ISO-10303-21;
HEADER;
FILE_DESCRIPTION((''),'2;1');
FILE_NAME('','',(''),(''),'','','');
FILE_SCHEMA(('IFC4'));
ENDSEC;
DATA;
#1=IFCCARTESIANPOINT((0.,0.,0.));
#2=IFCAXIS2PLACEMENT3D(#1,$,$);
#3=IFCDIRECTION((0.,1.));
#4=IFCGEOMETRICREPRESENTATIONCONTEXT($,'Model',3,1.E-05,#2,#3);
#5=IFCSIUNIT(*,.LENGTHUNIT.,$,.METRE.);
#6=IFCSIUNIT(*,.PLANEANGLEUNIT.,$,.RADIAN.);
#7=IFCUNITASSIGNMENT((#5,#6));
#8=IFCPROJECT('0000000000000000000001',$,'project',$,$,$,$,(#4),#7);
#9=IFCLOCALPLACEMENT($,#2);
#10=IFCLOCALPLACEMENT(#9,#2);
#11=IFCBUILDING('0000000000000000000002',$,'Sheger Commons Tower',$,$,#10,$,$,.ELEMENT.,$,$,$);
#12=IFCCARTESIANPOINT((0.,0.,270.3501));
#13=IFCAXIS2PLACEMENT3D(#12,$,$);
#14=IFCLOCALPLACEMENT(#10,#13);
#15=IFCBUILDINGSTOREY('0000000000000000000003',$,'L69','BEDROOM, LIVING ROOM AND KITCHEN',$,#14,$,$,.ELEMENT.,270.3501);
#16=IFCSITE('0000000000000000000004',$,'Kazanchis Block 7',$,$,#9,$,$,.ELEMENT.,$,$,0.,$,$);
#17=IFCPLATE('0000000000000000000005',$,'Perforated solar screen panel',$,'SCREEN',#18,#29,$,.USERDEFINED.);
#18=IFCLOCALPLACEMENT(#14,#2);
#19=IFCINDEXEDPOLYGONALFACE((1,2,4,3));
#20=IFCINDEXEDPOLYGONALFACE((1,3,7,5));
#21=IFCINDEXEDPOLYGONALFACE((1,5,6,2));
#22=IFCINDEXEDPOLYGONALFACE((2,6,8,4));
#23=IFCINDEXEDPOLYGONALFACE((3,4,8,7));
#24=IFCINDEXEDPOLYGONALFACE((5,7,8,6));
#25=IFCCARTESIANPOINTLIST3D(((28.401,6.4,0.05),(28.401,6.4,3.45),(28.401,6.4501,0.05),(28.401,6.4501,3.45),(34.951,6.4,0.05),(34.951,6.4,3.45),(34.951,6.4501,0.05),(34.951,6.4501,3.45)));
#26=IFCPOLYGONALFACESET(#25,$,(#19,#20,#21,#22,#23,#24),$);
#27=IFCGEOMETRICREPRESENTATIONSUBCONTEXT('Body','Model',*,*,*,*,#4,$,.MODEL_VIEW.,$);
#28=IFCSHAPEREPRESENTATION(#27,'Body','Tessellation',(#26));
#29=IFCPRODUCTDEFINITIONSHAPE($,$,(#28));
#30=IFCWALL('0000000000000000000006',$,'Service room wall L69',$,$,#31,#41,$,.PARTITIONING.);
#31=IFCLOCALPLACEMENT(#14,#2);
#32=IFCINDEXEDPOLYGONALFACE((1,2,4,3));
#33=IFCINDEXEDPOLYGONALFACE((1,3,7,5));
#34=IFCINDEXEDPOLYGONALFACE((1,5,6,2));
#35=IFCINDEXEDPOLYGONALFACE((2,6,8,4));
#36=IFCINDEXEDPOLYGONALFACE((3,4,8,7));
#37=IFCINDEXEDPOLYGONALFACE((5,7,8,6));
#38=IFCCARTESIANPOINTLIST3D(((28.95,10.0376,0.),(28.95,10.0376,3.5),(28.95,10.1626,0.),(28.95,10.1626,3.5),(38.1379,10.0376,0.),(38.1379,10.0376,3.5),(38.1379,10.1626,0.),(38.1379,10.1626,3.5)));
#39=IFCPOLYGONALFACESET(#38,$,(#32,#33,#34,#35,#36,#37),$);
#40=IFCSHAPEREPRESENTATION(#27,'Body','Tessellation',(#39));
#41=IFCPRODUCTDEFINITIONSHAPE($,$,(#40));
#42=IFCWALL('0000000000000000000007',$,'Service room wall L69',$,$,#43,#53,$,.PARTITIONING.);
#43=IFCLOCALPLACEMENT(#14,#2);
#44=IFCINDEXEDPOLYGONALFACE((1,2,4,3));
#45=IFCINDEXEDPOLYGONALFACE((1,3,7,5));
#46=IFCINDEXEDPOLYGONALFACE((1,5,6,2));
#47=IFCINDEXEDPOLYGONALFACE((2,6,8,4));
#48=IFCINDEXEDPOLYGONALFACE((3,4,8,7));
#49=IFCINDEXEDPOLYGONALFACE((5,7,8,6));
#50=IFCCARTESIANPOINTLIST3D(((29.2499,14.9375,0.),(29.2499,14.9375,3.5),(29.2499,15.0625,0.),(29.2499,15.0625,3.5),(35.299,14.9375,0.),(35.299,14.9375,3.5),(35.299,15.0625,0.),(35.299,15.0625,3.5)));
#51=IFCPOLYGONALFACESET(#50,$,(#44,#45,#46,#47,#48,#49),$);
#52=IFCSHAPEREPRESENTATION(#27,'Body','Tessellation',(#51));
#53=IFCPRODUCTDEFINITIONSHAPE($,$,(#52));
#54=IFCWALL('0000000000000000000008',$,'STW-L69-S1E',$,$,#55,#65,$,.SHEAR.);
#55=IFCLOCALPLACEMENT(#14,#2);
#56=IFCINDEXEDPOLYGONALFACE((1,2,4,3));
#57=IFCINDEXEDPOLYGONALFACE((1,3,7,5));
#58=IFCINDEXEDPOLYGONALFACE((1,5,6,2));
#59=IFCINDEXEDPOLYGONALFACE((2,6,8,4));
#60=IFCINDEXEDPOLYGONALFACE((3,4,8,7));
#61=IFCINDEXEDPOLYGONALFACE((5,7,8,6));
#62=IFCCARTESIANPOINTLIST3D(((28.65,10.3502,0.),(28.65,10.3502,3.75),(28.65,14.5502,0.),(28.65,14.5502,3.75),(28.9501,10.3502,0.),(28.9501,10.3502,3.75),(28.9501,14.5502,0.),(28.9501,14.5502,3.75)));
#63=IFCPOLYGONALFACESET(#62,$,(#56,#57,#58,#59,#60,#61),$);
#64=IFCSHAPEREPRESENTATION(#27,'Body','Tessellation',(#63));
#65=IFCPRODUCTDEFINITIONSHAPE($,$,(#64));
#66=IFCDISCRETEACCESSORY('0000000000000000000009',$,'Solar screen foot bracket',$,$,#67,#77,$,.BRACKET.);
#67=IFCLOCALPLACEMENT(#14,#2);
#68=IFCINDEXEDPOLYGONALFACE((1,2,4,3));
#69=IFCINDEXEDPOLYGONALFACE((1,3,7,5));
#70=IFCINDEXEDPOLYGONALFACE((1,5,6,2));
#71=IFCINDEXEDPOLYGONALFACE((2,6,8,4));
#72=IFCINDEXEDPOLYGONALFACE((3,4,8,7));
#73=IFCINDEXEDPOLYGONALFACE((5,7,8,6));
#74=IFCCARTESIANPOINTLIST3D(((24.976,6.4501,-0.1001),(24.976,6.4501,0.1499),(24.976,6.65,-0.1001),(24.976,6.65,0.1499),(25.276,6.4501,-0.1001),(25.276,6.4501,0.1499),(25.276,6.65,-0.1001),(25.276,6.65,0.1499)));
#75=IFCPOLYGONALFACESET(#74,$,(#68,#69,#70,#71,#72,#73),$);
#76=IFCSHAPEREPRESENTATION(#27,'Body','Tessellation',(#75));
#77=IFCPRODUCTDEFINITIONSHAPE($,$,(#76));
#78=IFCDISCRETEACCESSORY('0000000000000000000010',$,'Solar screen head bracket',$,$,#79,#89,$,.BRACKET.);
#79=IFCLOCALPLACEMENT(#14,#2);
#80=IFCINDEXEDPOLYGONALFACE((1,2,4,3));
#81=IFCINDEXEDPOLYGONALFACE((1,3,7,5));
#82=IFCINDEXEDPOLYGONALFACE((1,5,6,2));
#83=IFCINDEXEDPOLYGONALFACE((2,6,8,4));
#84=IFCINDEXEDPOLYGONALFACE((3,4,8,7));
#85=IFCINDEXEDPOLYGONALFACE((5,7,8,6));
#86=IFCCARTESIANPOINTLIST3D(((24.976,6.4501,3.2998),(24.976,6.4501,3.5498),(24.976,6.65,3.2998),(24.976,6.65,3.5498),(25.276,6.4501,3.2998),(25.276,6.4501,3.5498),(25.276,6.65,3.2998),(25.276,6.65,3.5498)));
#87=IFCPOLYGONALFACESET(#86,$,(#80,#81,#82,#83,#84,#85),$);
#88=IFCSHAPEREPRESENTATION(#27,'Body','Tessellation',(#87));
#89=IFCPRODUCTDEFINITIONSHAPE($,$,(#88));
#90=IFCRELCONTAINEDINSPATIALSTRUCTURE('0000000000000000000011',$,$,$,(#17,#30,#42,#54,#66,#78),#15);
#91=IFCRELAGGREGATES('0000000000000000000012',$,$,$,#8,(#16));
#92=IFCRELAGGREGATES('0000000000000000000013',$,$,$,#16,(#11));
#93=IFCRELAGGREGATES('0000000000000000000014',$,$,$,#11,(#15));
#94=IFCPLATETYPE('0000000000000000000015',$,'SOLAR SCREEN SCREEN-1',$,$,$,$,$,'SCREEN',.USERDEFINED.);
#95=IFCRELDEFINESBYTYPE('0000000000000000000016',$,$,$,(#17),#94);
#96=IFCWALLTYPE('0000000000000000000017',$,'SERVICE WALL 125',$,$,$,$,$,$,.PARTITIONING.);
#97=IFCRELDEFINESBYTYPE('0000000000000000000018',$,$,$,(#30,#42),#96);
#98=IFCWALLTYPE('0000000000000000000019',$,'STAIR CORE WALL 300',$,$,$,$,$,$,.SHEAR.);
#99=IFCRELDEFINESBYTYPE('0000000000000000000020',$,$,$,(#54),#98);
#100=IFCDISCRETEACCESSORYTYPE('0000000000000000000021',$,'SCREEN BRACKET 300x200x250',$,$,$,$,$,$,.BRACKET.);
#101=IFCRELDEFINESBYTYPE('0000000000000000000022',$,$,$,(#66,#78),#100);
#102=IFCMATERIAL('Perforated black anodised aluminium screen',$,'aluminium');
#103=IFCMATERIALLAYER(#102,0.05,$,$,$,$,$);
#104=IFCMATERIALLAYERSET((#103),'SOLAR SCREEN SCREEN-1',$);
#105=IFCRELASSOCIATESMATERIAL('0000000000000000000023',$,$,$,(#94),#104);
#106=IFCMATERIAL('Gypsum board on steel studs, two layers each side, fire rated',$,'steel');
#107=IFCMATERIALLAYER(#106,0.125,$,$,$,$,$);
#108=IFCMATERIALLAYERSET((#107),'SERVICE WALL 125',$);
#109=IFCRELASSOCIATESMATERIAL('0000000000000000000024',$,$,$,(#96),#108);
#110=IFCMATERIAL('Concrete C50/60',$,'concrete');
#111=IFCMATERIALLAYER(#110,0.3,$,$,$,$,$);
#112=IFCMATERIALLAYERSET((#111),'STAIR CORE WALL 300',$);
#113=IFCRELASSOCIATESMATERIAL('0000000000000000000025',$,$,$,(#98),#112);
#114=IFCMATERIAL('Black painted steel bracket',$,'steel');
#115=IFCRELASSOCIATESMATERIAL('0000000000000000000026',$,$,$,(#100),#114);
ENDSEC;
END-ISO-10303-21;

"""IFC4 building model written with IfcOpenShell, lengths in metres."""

from ifc_helpers import new_model, si_unit, direction, frame, frame_2d, origin, origin_2d, place, context, subcontext, project, spatial, rectangle, extrude, material, layer, layer_set, type_object, element, save


model = new_model("IFC4")

# Units and contexts
model_context = context("Model", 3, precision=1e-05, world=origin(), true_north=direction((0.0, 1.0)))
body_context = subcontext(model_context, "Body", "Model", "MODEL_VIEW")
ifc_project = project(units=[si_unit("LENGTHUNIT", "METRE"), si_unit("PLANEANGLEUNIT", "RADIAN")], contexts=[model_context])

# Site, building, storey
site_placement = place(None, origin())
site = spatial("IfcSite", under=ifc_project, at=site_placement, Name="Kazanchis Block 7", CompositionType="ELEMENT", RefElevation=0.0)
building_placement = place(site_placement, origin())
building = spatial("IfcBuilding", under=site, at=building_placement, Name="Sheger Commons Tower", CompositionType="ELEMENT")
storey_placement = place(building_placement, frame((0.0, 0.0, 270.3501)))
storey = spatial("IfcBuildingStorey", under=building, at=storey_placement, Name="L69", Description="BEDROOM, LIVING ROOM AND KITCHEN", CompositionType="ELEMENT", Elevation=270.3501)

# Plate
ifc_material_1 = material(Name="Perforated black anodised aluminium screen", Category="aluminium")
ifc_layer_1 = layer(ifc_material_1, 0.05)
ifc_layer_set_1 = layer_set([ifc_layer_1], Name="SOLAR SCREEN SCREEN-1")
plate_type_1 = type_object("IfcPlateType", Name="SOLAR SCREEN SCREEN-1", ElementType="SCREEN", PredefinedType="USERDEFINED", material=ifc_layer_set_1)
for number, where, z_axis, x_axis, name in (
    (1, (31.676, 6.425, 0.05), (0.0, 0.0, 1.0), (1.0, 0.0, 0.0), "Perforated solar screen panel"),
):
    element("IfcPlate", number, at=place(storey_placement, frame(where, z_axis=z_axis, x_axis=x_axis)), inside=storey, type_object=plate_type_1, Name=name, ObjectType="SCREEN", PredefinedType="USERDEFINED", context=body_context, shape_type="SweptSolid", body=[
        extrude(rectangle(XDim=6.55, YDim=0.05, at=origin_2d()), origin(), (0.0, 0.0, 1.0), 3.3999),
    ])

# Walls
ifc_material_2 = material(Name="Gypsum board on steel studs, two layers each side, fire rated", Category="steel")
ifc_layer_2 = layer(ifc_material_2, 0.125)
ifc_layer_set_2 = layer_set([ifc_layer_2], Name="SERVICE WALL 125")
wall_type_1 = type_object("IfcWallType", Name="SERVICE WALL 125", PredefinedType="PARTITIONING", material=ifc_layer_set_2)
wall_1_placement = place(storey_placement, frame((28.95, 10.1001, 0.0), z_axis=(0.0, 0.0, 1.0), x_axis=(1.0, 0.0, 0.0)))
element("IfcWall", 2, at=wall_1_placement, inside=storey, type_object=wall_type_1, Name="Service room wall L69", PredefinedType="PARTITIONING", context=body_context, shape_type="SweptSolid", body=[
    extrude(rectangle(XDim=9.188, YDim=0.125, at=frame_2d((4.594, 0.0))), origin(), (0.0, 0.0, 1.0), 3.5),
])
wall_2_placement = place(storey_placement, frame((29.25, 15.0, 0.0), z_axis=(0.0, 0.0, 1.0), x_axis=(1.0, 0.0, 0.0)))
element("IfcWall", 3, at=wall_2_placement, inside=storey, type_object=wall_type_1, Name="Service room wall L69", PredefinedType="PARTITIONING", context=body_context, shape_type="SweptSolid", body=[
    extrude(rectangle(XDim=6.0491, YDim=0.125, at=frame_2d((3.0244, 0.0))), origin(), (0.0, 0.0, 1.0), 3.5),
])
ifc_material_3 = material(Name="Concrete C50/60", Category="concrete")
ifc_layer_3 = layer(ifc_material_3, 0.3)
ifc_layer_set_3 = layer_set([ifc_layer_3], Name="STAIR CORE WALL 300")
wall_type_2 = type_object("IfcWallType", Name="STAIR CORE WALL 300", PredefinedType="SHEAR", material=ifc_layer_set_3)
wall_3_placement = place(storey_placement, frame((28.8, 10.3501, 0.0), z_axis=(0.0, 0.0, 1.0), x_axis=(0.0, 1.0, 0.0)))
element("IfcWall", 4, at=wall_3_placement, inside=storey, type_object=wall_type_2, Name="STW-L69-S1E", PredefinedType="SHEAR", context=body_context, shape_type="SweptSolid", body=[
    extrude(rectangle(XDim=4.2, YDim=0.3, at=frame_2d((2.1001, 0.0))), origin(), (0.0, 0.0, 1.0), 3.75),
])

# Discrete accessories
ifc_material_4 = material(Name="Black painted steel bracket", Category="steel")
discrete_accessory_type = type_object("IfcDiscreteAccessoryType", Name="SCREEN BRACKET 300x200x250", PredefinedType="BRACKET", material=ifc_material_4)
for number, where, z_axis, x_axis, name in (
    (5, (25.126, 6.55, -0.1001), (0.0, 0.0, 1.0), (1.0, 0.0, 0.0), "Solar screen foot bracket"),
    (6, (25.126, 6.55, 3.2998), (0.0, 0.0, 1.0), (1.0, 0.0, 0.0), "Solar screen head bracket"),
):
    element("IfcDiscreteAccessory", number, at=place(storey_placement, frame(where, z_axis=z_axis, x_axis=x_axis)), inside=storey, type_object=discrete_accessory_type, Name=name, PredefinedType="BRACKET", context=body_context, shape_type="SweptSolid", body=[
        extrude(rectangle(XDim=0.3, YDim=0.2, at=origin_2d()), origin(), (0.0, 0.0, 1.0), 0.25),
    ])

save(model, "model.ifc")
